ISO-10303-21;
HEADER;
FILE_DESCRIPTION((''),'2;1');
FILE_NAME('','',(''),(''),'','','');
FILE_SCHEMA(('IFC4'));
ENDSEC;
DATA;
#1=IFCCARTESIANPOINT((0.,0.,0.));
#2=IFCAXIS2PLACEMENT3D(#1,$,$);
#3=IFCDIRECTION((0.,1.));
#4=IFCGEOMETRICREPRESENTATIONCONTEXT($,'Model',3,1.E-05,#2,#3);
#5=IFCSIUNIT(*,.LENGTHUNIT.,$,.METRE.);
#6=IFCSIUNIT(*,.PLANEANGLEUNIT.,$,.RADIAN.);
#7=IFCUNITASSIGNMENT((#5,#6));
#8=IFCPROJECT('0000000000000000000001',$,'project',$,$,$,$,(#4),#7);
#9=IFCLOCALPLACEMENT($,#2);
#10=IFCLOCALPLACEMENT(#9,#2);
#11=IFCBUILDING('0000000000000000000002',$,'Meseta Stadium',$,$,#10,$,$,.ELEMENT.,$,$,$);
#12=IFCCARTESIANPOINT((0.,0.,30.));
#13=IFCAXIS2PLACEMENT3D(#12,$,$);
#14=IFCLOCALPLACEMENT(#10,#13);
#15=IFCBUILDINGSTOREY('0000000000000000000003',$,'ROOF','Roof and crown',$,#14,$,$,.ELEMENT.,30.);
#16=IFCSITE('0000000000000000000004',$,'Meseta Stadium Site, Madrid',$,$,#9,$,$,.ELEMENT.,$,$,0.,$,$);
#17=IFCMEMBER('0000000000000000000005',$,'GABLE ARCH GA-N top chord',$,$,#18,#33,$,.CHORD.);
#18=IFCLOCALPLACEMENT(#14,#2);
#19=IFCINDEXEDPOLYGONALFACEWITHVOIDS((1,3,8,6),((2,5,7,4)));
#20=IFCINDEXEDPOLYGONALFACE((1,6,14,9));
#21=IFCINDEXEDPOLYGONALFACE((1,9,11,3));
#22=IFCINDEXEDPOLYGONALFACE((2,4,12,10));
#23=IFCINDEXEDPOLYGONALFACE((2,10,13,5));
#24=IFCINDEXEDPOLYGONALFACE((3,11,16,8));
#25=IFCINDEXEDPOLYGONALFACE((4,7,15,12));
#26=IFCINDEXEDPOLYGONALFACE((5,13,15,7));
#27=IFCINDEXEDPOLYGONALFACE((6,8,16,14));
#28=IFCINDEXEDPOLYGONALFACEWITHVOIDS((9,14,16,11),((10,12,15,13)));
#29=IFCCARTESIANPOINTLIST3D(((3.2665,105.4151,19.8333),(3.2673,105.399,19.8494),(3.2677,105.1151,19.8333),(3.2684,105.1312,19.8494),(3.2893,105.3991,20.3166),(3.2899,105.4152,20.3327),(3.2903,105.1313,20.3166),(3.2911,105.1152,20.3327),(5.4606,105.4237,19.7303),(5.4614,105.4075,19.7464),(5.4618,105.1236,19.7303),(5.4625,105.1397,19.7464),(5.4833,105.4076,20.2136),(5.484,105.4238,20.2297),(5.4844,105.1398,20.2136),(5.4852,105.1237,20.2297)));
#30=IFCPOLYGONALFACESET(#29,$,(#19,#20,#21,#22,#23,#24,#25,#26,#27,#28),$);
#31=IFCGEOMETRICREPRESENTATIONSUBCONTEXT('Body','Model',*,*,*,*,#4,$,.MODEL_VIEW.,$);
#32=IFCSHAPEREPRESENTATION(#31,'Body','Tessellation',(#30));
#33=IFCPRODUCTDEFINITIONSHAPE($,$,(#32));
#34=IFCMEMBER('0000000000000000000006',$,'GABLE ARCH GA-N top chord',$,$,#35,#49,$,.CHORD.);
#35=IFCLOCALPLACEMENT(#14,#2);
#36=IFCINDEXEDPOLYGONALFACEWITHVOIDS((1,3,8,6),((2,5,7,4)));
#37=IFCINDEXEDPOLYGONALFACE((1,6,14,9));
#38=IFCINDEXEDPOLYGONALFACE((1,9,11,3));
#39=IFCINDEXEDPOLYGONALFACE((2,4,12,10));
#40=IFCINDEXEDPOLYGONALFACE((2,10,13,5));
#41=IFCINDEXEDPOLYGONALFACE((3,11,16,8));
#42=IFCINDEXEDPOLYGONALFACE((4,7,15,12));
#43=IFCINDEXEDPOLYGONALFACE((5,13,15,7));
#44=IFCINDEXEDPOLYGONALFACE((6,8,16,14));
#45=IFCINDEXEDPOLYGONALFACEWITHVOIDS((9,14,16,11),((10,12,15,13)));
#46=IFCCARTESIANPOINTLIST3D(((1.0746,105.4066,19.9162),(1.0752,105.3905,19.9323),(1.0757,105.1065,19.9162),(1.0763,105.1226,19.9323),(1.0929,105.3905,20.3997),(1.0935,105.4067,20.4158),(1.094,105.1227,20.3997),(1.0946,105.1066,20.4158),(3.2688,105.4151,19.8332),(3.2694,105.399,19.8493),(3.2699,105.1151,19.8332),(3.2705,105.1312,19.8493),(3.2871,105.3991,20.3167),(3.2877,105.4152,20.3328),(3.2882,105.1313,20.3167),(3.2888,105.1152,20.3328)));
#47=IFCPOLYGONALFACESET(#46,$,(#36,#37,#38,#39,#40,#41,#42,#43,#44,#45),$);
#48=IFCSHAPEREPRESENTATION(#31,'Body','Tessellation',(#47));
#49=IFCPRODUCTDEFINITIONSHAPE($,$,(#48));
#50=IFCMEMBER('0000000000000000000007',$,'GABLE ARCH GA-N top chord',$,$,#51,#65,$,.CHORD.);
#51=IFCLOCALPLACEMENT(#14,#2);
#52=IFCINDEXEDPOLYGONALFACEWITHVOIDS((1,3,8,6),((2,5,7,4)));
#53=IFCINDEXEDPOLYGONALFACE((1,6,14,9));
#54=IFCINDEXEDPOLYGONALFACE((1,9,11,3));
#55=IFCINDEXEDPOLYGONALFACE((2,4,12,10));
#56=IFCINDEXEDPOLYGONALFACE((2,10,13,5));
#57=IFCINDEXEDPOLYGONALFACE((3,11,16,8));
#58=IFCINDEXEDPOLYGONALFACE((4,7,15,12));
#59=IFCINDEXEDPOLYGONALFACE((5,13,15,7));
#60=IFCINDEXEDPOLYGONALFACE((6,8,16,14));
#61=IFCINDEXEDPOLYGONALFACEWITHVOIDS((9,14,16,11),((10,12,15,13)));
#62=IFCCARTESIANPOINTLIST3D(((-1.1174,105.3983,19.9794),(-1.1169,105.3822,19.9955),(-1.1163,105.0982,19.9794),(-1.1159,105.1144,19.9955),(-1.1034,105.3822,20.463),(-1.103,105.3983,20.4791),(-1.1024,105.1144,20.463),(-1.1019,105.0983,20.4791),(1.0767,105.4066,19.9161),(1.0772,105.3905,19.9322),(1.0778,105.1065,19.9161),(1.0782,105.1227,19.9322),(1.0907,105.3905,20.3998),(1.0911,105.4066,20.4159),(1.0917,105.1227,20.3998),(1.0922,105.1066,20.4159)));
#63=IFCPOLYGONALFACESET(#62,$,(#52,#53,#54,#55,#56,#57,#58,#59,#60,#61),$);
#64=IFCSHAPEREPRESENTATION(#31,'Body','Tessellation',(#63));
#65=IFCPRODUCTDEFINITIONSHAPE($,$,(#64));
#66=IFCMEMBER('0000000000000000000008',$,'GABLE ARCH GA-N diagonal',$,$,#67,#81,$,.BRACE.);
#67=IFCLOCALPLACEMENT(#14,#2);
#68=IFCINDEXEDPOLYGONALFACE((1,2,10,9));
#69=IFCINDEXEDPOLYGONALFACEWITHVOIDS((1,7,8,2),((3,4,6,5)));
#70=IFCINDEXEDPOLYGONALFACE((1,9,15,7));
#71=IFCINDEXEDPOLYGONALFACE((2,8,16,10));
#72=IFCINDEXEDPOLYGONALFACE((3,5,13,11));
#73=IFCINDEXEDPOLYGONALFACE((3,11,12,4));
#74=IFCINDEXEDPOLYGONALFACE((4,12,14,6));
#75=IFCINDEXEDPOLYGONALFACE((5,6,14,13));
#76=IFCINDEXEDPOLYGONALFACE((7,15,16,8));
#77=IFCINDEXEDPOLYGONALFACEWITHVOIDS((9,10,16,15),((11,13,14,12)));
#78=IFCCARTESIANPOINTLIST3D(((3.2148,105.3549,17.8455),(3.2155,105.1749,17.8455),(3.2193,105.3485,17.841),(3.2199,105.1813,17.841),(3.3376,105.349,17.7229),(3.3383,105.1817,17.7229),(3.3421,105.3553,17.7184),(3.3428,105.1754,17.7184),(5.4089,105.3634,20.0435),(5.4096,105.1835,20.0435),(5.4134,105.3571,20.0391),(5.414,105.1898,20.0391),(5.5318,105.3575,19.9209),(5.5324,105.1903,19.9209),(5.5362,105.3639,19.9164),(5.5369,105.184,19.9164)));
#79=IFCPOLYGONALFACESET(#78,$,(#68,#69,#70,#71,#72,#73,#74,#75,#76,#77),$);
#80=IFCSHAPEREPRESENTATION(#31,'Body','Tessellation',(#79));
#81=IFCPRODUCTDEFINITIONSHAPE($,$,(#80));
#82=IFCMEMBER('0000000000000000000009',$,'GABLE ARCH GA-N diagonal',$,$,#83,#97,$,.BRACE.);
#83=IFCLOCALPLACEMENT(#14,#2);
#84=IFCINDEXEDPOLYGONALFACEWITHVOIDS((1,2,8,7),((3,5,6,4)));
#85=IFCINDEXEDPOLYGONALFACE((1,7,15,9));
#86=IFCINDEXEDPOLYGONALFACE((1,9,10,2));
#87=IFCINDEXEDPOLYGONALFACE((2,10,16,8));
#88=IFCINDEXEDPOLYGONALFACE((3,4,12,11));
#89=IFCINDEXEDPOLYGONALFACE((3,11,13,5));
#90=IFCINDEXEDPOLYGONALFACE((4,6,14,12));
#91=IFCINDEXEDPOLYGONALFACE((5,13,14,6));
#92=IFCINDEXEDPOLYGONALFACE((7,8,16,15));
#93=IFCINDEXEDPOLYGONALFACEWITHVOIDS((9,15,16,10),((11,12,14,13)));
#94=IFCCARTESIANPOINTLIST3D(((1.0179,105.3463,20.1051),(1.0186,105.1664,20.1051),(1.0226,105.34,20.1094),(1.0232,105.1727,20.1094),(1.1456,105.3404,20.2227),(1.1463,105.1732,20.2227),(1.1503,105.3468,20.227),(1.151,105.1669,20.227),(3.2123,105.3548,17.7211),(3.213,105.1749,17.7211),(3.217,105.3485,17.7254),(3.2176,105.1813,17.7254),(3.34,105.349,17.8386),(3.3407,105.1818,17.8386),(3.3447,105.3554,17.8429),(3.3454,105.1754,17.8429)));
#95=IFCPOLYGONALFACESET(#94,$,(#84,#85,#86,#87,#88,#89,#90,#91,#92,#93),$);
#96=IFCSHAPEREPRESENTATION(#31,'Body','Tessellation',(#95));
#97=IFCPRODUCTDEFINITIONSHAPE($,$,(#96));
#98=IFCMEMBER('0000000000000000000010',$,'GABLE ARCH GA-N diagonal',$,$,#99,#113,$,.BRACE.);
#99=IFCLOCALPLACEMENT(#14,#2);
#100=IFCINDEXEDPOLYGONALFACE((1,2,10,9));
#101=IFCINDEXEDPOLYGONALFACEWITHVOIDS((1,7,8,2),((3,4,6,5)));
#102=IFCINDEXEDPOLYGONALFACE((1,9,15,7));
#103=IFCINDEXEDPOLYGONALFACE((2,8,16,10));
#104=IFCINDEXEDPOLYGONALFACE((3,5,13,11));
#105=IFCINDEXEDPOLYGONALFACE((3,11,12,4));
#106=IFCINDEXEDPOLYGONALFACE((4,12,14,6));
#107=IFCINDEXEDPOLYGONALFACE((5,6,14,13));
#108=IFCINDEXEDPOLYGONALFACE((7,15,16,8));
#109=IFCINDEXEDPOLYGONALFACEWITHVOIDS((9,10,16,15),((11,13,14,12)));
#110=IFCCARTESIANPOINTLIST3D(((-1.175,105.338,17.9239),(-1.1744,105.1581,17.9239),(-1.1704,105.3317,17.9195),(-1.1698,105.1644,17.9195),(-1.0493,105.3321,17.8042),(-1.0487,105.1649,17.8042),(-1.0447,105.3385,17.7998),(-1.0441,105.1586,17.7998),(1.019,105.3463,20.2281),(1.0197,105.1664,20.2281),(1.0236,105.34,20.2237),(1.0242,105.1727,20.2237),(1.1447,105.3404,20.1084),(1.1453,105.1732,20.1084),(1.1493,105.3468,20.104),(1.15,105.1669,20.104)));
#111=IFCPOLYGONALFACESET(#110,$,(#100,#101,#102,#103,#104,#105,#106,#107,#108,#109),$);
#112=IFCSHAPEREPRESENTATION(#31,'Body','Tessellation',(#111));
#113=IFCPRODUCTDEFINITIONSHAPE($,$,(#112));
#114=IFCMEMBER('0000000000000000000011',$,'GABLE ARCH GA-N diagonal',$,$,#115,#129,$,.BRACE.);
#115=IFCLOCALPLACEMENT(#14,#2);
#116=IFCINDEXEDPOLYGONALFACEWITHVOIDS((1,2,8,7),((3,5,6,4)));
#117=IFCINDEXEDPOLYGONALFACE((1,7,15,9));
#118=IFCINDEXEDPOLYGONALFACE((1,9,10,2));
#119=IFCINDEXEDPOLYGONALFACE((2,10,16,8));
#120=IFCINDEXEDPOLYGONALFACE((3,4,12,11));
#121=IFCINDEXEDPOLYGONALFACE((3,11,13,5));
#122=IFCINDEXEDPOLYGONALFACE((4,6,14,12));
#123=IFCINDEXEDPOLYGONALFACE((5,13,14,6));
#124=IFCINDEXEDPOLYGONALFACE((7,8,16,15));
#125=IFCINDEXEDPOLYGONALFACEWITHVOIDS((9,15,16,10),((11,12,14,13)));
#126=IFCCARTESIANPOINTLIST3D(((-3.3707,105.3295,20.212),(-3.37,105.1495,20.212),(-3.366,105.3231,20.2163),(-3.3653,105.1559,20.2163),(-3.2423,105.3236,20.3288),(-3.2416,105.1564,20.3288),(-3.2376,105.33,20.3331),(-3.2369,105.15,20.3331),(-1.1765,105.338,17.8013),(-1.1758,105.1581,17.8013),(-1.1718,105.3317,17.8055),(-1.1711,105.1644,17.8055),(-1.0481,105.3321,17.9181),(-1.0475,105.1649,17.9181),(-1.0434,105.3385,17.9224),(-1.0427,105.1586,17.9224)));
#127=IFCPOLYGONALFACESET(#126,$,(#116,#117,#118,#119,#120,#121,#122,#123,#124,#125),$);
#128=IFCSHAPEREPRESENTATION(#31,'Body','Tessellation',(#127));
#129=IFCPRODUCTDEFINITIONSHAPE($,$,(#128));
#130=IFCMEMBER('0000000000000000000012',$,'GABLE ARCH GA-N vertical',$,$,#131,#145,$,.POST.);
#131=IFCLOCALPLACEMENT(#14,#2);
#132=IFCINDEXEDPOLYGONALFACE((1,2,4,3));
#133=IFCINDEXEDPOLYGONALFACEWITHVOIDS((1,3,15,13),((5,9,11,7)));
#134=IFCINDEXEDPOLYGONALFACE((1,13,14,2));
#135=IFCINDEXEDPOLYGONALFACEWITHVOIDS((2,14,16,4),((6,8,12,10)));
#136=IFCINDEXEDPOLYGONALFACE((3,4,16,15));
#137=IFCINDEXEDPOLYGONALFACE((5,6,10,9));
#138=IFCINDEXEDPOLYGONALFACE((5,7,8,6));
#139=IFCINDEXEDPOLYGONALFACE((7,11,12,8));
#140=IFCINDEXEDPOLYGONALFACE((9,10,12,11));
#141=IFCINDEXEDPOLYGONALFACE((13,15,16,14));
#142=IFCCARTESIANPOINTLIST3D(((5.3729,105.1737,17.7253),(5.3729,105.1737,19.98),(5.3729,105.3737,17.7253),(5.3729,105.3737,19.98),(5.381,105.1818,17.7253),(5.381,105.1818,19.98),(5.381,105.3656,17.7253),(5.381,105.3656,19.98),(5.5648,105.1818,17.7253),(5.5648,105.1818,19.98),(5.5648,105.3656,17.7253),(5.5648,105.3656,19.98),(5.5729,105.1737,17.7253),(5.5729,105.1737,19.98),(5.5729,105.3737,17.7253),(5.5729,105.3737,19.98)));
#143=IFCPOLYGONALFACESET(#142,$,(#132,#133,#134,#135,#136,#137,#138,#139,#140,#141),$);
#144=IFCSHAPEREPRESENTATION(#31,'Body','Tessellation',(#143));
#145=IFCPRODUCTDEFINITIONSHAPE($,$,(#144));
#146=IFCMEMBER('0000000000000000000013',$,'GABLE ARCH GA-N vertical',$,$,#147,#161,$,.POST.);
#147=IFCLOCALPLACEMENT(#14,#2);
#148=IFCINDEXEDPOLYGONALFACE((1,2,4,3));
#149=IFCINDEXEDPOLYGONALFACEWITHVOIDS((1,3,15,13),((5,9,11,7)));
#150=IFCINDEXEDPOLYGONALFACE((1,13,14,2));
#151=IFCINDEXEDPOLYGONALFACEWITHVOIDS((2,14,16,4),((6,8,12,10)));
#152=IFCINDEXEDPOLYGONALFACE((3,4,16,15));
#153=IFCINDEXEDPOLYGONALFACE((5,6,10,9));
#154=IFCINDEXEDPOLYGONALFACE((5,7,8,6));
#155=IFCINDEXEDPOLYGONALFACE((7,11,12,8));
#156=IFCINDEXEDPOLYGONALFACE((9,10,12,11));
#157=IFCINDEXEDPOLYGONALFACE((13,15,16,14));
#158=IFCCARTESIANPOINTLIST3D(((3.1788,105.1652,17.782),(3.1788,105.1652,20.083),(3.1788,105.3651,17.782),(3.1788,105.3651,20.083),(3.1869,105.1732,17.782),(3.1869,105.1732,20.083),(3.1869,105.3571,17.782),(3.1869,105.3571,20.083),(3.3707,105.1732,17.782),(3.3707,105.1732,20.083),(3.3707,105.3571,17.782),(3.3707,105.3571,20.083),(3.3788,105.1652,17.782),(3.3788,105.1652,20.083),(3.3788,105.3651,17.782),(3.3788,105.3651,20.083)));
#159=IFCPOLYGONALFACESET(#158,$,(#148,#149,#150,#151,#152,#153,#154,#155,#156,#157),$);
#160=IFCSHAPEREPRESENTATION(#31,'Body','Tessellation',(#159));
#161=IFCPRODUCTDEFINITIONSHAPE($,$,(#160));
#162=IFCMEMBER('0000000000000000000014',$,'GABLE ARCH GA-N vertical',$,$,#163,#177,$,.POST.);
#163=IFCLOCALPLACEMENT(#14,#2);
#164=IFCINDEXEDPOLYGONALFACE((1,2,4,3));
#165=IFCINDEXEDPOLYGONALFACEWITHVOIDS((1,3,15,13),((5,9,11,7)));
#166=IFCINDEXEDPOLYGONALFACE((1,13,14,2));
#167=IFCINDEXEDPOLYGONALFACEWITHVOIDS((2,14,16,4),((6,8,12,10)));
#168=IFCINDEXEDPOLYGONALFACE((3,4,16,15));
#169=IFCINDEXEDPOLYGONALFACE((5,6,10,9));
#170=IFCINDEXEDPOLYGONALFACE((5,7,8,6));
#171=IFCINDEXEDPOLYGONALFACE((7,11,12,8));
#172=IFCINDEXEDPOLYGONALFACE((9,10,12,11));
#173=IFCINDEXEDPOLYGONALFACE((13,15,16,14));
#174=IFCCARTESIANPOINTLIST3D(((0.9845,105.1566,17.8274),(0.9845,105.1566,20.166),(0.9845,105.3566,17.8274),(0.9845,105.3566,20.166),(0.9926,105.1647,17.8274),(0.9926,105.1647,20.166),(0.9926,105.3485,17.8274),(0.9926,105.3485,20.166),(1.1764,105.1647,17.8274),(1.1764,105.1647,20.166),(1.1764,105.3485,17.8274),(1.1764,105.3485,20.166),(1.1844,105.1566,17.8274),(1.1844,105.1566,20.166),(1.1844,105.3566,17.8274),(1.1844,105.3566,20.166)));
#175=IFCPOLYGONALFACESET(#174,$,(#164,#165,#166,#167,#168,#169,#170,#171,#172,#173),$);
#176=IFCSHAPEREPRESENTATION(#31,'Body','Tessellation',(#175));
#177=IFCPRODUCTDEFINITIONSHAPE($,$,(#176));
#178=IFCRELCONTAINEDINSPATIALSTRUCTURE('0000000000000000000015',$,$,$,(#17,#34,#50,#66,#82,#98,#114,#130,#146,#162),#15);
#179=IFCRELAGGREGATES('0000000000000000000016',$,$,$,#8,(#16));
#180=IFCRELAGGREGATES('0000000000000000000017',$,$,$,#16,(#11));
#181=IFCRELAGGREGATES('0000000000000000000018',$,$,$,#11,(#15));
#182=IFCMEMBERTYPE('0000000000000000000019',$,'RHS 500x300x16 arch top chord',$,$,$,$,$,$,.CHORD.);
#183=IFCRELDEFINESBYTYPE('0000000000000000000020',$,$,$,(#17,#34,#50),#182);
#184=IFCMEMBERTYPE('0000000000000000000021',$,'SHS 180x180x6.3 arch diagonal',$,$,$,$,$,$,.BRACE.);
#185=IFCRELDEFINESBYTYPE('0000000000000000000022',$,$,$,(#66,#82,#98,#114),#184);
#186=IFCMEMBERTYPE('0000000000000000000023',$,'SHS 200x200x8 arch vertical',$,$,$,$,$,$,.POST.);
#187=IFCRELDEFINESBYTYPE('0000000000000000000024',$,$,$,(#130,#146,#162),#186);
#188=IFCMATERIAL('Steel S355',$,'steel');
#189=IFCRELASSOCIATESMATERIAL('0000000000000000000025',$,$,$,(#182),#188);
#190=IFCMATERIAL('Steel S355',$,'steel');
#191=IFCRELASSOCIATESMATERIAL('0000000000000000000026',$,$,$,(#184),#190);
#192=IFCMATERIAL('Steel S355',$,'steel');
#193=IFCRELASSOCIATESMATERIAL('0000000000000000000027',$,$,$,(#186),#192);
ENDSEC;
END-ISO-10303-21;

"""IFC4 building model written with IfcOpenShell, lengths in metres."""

from ifc_helpers import new_model, si_unit, direction, frame, origin, origin_2d, place, context, subcontext, project, spatial, hollow_rectangle, extrude, material, material_profile, profile_set, type_object, element, save


model = new_model("IFC4")

# Units and contexts
model_context = context("Model", 3, precision=1e-05, world=origin(), true_north=direction((0.0, 1.0)))
body_context = subcontext(model_context, "Body", "Model", "MODEL_VIEW")
ifc_project = project(units=[si_unit("LENGTHUNIT", "METRE"), si_unit("PLANEANGLEUNIT", "RADIAN")], contexts=[model_context])

# Site, building, storey
site_placement = place(None, origin())
site = spatial("IfcSite", under=ifc_project, at=site_placement, Name="Meseta Stadium Site, Madrid", CompositionType="ELEMENT", RefElevation=0.0)
building_placement = place(site_placement, origin())
building = spatial("IfcBuilding", under=site, at=building_placement, Name="Meseta Stadium", CompositionType="ELEMENT")
storey_placement = place(building_placement, frame((0.0, 0.0, 30.0)))
storey = spatial("IfcBuildingStorey", under=building, at=storey_placement, Name="ROOF", Description="Roof and crown", CompositionType="ELEMENT", Elevation=30.0)

# Members
ifc_material_1 = material(Name="Steel S355", Category="steel")
ifc_material_profile_1 = material_profile(ifc_material_1, hollow_rectangle(XDim=0.3, YDim=0.5, WallThickness=0.0161, at=origin_2d()), Name="RHS 500x300x16")
ifc_profile_set_1 = profile_set([ifc_material_profile_1], Name="Steel S355")
member_type_1 = type_object("IfcMemberType", Name="RHS 500x300x16 arch top chord", PredefinedType="CHORD", material=ifc_profile_set_1)
member_1_placement = place(storey_placement, frame((5.4729, 105.2737, 19.98), z_axis=(-0.998892, -0.00389, 0.046905), x_axis=(0.003894, -0.999992, 0.0)))
element("IfcMember", 1, at=member_1_placement, inside=storey, type_object=member_type_1, Name="GABLE ARCH GA-N top chord", PredefinedType="CHORD", context=body_context, shape_type="SweptSolid", body=[
    extrude(hollow_rectangle(XDim=0.3, YDim=0.5, WallThickness=0.0161, at=origin_2d()), origin(), (0.0, 0.0, 1.0), 2.1965),
])
member_2_placement = place(storey_placement, frame((3.2788, 105.2651, 20.083), z_axis=(-0.999278, -0.003891, 0.037801), x_axis=(0.003894, -0.999992, 0.0)))
element("IfcMember", 2, at=member_2_placement, inside=storey, type_object=member_type_1, Name="GABLE ARCH GA-N top chord", PredefinedType="CHORD", context=body_context, shape_type="SweptSolid", body=[
    extrude(hollow_rectangle(XDim=0.3, YDim=0.5, WallThickness=0.0161, at=origin_2d()), origin(), (0.0, 0.0, 1.0), 2.1958),
])
member_3_placement = place(storey_placement, frame((1.0845, 105.2566, 20.166), z_axis=(-0.999578, -0.003782, 0.028807), x_axis=(0.003783, -0.999993, 0.0)))
element("IfcMember", 3, at=member_3_placement, inside=storey, type_object=member_type_1, Name="GABLE ARCH GA-N top chord", PredefinedType="CHORD", context=body_context, shape_type="SweptSolid", body=[
    extrude(hollow_rectangle(XDim=0.3, YDim=0.5, WallThickness=0.0161, at=origin_2d()), origin(), (0.0, 0.0, 1.0), 2.1951),
])
ifc_material_2 = material(Name="Steel S355", Category="steel")
ifc_material_profile_2 = material_profile(ifc_material_2, hollow_rectangle(XDim=0.1799, YDim=0.1799, WallThickness=0.0063, at=origin_2d()), Name="SHS 180x180x6.3")
ifc_profile_set_2 = profile_set([ifc_material_profile_2], Name="Steel S355")
member_type_2 = type_object("IfcMemberType", Name="SHS 180x180x6.3 arch diagonal", PredefinedType="BRACE", material=ifc_profile_set_2)
member_4_placement = place(storey_placement, frame((5.4729, 105.2737, 19.98), z_axis=(-0.706475, -0.002751, -0.707733), x_axis=(0.003894, -0.999992, 0.0)))
element("IfcMember", 4, at=member_4_placement, inside=storey, type_object=member_type_2, Name="GABLE ARCH GA-N diagonal", PredefinedType="BRACE", context=body_context, shape_type="SweptSolid", body=[
    extrude(hollow_rectangle(XDim=0.1799, YDim=0.1799, WallThickness=0.0063, at=origin_2d()), origin(), (0.0, 0.0, 1.0), 3.1057),
])
member_5_placement = place(storey_placement, frame((3.2788, 105.2651, 17.782), z_axis=(-0.677226, -0.002637, 0.735771), x_axis=(0.003894, -0.999992, 0.0)))
element("IfcMember", 5, at=member_5_placement, inside=storey, type_object=member_type_2, Name="GABLE ARCH GA-N diagonal", PredefinedType="BRACE", context=body_context, shape_type="SweptSolid", body=[
    extrude(hollow_rectangle(XDim=0.1799, YDim=0.1799, WallThickness=0.0063, at=origin_2d()), origin(), (0.0, 0.0, 1.0), 3.2402),
])
member_6_placement = place(storey_placement, frame((1.0845, 105.2566, 20.166), z_axis=(-0.68959, -0.002609, -0.724196), x_axis=(0.003783, -0.999993, 0.0)))
element("IfcMember", 6, at=member_6_placement, inside=storey, type_object=member_type_2, Name="GABLE ARCH GA-N diagonal", PredefinedType="BRACE", context=body_context, shape_type="SweptSolid", body=[
    extrude(hollow_rectangle(XDim=0.1799, YDim=0.1799, WallThickness=0.0063, at=origin_2d()), origin(), (0.0, 0.0, 1.0), 3.1816),
])
member_7_placement = place(storey_placement, frame((-1.1096, 105.2483, 17.8618), z_axis=(-0.673107, -0.002621, 0.739541), x_axis=(0.003894, -0.999992, 0.0)))
element("IfcMember", 7, at=member_7_placement, inside=storey, type_object=member_type_2, Name="GABLE ARCH GA-N diagonal", PredefinedType="BRACE", context=body_context, shape_type="SweptSolid", body=[
    extrude(hollow_rectangle(XDim=0.1799, YDim=0.1799, WallThickness=0.0063, at=origin_2d()), origin(), (0.0, 0.0, 1.0), 3.2598),
])
ifc_material_3 = material(Name="Steel S355", Category="steel")
ifc_material_profile_3 = material_profile(ifc_material_3, hollow_rectangle(XDim=0.2, YDim=0.2, WallThickness=0.0081, at=origin_2d()), Name="SHS 200x200x8")
ifc_profile_set_3 = profile_set([ifc_material_profile_3], Name="Steel S355")
member_type_3 = type_object("IfcMemberType", Name="SHS 200x200x8 arch vertical", PredefinedType="POST", material=ifc_profile_set_3)
member_8_placement = place(storey_placement, frame((5.4729, 105.2737, 17.7253), z_axis=(0.0, 0.0, 1.0), x_axis=(1.0, 0.0, 0.0)))
element("IfcMember", 8, at=member_8_placement, inside=storey, type_object=member_type_3, Name="GABLE ARCH GA-N vertical", PredefinedType="POST", context=body_context, shape_type="SweptSolid", body=[
    extrude(hollow_rectangle(XDim=0.2, YDim=0.2, WallThickness=0.0081, at=origin_2d()), origin(), (0.0, 0.0, 1.0), 2.2546),
])
member_9_placement = place(storey_placement, frame((3.2788, 105.2651, 17.782), z_axis=(0.0, 0.0, 1.0), x_axis=(1.0, 0.0, 0.0)))
element("IfcMember", 9, at=member_9_placement, inside=storey, type_object=member_type_3, Name="GABLE ARCH GA-N vertical", PredefinedType="POST", context=body_context, shape_type="SweptSolid", body=[
    extrude(hollow_rectangle(XDim=0.2, YDim=0.2, WallThickness=0.0081, at=origin_2d()), origin(), (0.0, 0.0, 1.0), 2.301),
])
member_10_placement = place(storey_placement, frame((1.0845, 105.2566, 17.8274), z_axis=(0.0, 0.0, 1.0), x_axis=(1.0, 0.0, 0.0)))
element("IfcMember", 10, at=member_10_placement, inside=storey, type_object=member_type_3, Name="GABLE ARCH GA-N vertical", PredefinedType="POST", context=body_context, shape_type="SweptSolid", body=[
    extrude(hollow_rectangle(XDim=0.2, YDim=0.2, WallThickness=0.0081, at=origin_2d()), origin(), (0.0, 0.0, 1.0), 2.3386),
])

save(model, "model.ifc")
